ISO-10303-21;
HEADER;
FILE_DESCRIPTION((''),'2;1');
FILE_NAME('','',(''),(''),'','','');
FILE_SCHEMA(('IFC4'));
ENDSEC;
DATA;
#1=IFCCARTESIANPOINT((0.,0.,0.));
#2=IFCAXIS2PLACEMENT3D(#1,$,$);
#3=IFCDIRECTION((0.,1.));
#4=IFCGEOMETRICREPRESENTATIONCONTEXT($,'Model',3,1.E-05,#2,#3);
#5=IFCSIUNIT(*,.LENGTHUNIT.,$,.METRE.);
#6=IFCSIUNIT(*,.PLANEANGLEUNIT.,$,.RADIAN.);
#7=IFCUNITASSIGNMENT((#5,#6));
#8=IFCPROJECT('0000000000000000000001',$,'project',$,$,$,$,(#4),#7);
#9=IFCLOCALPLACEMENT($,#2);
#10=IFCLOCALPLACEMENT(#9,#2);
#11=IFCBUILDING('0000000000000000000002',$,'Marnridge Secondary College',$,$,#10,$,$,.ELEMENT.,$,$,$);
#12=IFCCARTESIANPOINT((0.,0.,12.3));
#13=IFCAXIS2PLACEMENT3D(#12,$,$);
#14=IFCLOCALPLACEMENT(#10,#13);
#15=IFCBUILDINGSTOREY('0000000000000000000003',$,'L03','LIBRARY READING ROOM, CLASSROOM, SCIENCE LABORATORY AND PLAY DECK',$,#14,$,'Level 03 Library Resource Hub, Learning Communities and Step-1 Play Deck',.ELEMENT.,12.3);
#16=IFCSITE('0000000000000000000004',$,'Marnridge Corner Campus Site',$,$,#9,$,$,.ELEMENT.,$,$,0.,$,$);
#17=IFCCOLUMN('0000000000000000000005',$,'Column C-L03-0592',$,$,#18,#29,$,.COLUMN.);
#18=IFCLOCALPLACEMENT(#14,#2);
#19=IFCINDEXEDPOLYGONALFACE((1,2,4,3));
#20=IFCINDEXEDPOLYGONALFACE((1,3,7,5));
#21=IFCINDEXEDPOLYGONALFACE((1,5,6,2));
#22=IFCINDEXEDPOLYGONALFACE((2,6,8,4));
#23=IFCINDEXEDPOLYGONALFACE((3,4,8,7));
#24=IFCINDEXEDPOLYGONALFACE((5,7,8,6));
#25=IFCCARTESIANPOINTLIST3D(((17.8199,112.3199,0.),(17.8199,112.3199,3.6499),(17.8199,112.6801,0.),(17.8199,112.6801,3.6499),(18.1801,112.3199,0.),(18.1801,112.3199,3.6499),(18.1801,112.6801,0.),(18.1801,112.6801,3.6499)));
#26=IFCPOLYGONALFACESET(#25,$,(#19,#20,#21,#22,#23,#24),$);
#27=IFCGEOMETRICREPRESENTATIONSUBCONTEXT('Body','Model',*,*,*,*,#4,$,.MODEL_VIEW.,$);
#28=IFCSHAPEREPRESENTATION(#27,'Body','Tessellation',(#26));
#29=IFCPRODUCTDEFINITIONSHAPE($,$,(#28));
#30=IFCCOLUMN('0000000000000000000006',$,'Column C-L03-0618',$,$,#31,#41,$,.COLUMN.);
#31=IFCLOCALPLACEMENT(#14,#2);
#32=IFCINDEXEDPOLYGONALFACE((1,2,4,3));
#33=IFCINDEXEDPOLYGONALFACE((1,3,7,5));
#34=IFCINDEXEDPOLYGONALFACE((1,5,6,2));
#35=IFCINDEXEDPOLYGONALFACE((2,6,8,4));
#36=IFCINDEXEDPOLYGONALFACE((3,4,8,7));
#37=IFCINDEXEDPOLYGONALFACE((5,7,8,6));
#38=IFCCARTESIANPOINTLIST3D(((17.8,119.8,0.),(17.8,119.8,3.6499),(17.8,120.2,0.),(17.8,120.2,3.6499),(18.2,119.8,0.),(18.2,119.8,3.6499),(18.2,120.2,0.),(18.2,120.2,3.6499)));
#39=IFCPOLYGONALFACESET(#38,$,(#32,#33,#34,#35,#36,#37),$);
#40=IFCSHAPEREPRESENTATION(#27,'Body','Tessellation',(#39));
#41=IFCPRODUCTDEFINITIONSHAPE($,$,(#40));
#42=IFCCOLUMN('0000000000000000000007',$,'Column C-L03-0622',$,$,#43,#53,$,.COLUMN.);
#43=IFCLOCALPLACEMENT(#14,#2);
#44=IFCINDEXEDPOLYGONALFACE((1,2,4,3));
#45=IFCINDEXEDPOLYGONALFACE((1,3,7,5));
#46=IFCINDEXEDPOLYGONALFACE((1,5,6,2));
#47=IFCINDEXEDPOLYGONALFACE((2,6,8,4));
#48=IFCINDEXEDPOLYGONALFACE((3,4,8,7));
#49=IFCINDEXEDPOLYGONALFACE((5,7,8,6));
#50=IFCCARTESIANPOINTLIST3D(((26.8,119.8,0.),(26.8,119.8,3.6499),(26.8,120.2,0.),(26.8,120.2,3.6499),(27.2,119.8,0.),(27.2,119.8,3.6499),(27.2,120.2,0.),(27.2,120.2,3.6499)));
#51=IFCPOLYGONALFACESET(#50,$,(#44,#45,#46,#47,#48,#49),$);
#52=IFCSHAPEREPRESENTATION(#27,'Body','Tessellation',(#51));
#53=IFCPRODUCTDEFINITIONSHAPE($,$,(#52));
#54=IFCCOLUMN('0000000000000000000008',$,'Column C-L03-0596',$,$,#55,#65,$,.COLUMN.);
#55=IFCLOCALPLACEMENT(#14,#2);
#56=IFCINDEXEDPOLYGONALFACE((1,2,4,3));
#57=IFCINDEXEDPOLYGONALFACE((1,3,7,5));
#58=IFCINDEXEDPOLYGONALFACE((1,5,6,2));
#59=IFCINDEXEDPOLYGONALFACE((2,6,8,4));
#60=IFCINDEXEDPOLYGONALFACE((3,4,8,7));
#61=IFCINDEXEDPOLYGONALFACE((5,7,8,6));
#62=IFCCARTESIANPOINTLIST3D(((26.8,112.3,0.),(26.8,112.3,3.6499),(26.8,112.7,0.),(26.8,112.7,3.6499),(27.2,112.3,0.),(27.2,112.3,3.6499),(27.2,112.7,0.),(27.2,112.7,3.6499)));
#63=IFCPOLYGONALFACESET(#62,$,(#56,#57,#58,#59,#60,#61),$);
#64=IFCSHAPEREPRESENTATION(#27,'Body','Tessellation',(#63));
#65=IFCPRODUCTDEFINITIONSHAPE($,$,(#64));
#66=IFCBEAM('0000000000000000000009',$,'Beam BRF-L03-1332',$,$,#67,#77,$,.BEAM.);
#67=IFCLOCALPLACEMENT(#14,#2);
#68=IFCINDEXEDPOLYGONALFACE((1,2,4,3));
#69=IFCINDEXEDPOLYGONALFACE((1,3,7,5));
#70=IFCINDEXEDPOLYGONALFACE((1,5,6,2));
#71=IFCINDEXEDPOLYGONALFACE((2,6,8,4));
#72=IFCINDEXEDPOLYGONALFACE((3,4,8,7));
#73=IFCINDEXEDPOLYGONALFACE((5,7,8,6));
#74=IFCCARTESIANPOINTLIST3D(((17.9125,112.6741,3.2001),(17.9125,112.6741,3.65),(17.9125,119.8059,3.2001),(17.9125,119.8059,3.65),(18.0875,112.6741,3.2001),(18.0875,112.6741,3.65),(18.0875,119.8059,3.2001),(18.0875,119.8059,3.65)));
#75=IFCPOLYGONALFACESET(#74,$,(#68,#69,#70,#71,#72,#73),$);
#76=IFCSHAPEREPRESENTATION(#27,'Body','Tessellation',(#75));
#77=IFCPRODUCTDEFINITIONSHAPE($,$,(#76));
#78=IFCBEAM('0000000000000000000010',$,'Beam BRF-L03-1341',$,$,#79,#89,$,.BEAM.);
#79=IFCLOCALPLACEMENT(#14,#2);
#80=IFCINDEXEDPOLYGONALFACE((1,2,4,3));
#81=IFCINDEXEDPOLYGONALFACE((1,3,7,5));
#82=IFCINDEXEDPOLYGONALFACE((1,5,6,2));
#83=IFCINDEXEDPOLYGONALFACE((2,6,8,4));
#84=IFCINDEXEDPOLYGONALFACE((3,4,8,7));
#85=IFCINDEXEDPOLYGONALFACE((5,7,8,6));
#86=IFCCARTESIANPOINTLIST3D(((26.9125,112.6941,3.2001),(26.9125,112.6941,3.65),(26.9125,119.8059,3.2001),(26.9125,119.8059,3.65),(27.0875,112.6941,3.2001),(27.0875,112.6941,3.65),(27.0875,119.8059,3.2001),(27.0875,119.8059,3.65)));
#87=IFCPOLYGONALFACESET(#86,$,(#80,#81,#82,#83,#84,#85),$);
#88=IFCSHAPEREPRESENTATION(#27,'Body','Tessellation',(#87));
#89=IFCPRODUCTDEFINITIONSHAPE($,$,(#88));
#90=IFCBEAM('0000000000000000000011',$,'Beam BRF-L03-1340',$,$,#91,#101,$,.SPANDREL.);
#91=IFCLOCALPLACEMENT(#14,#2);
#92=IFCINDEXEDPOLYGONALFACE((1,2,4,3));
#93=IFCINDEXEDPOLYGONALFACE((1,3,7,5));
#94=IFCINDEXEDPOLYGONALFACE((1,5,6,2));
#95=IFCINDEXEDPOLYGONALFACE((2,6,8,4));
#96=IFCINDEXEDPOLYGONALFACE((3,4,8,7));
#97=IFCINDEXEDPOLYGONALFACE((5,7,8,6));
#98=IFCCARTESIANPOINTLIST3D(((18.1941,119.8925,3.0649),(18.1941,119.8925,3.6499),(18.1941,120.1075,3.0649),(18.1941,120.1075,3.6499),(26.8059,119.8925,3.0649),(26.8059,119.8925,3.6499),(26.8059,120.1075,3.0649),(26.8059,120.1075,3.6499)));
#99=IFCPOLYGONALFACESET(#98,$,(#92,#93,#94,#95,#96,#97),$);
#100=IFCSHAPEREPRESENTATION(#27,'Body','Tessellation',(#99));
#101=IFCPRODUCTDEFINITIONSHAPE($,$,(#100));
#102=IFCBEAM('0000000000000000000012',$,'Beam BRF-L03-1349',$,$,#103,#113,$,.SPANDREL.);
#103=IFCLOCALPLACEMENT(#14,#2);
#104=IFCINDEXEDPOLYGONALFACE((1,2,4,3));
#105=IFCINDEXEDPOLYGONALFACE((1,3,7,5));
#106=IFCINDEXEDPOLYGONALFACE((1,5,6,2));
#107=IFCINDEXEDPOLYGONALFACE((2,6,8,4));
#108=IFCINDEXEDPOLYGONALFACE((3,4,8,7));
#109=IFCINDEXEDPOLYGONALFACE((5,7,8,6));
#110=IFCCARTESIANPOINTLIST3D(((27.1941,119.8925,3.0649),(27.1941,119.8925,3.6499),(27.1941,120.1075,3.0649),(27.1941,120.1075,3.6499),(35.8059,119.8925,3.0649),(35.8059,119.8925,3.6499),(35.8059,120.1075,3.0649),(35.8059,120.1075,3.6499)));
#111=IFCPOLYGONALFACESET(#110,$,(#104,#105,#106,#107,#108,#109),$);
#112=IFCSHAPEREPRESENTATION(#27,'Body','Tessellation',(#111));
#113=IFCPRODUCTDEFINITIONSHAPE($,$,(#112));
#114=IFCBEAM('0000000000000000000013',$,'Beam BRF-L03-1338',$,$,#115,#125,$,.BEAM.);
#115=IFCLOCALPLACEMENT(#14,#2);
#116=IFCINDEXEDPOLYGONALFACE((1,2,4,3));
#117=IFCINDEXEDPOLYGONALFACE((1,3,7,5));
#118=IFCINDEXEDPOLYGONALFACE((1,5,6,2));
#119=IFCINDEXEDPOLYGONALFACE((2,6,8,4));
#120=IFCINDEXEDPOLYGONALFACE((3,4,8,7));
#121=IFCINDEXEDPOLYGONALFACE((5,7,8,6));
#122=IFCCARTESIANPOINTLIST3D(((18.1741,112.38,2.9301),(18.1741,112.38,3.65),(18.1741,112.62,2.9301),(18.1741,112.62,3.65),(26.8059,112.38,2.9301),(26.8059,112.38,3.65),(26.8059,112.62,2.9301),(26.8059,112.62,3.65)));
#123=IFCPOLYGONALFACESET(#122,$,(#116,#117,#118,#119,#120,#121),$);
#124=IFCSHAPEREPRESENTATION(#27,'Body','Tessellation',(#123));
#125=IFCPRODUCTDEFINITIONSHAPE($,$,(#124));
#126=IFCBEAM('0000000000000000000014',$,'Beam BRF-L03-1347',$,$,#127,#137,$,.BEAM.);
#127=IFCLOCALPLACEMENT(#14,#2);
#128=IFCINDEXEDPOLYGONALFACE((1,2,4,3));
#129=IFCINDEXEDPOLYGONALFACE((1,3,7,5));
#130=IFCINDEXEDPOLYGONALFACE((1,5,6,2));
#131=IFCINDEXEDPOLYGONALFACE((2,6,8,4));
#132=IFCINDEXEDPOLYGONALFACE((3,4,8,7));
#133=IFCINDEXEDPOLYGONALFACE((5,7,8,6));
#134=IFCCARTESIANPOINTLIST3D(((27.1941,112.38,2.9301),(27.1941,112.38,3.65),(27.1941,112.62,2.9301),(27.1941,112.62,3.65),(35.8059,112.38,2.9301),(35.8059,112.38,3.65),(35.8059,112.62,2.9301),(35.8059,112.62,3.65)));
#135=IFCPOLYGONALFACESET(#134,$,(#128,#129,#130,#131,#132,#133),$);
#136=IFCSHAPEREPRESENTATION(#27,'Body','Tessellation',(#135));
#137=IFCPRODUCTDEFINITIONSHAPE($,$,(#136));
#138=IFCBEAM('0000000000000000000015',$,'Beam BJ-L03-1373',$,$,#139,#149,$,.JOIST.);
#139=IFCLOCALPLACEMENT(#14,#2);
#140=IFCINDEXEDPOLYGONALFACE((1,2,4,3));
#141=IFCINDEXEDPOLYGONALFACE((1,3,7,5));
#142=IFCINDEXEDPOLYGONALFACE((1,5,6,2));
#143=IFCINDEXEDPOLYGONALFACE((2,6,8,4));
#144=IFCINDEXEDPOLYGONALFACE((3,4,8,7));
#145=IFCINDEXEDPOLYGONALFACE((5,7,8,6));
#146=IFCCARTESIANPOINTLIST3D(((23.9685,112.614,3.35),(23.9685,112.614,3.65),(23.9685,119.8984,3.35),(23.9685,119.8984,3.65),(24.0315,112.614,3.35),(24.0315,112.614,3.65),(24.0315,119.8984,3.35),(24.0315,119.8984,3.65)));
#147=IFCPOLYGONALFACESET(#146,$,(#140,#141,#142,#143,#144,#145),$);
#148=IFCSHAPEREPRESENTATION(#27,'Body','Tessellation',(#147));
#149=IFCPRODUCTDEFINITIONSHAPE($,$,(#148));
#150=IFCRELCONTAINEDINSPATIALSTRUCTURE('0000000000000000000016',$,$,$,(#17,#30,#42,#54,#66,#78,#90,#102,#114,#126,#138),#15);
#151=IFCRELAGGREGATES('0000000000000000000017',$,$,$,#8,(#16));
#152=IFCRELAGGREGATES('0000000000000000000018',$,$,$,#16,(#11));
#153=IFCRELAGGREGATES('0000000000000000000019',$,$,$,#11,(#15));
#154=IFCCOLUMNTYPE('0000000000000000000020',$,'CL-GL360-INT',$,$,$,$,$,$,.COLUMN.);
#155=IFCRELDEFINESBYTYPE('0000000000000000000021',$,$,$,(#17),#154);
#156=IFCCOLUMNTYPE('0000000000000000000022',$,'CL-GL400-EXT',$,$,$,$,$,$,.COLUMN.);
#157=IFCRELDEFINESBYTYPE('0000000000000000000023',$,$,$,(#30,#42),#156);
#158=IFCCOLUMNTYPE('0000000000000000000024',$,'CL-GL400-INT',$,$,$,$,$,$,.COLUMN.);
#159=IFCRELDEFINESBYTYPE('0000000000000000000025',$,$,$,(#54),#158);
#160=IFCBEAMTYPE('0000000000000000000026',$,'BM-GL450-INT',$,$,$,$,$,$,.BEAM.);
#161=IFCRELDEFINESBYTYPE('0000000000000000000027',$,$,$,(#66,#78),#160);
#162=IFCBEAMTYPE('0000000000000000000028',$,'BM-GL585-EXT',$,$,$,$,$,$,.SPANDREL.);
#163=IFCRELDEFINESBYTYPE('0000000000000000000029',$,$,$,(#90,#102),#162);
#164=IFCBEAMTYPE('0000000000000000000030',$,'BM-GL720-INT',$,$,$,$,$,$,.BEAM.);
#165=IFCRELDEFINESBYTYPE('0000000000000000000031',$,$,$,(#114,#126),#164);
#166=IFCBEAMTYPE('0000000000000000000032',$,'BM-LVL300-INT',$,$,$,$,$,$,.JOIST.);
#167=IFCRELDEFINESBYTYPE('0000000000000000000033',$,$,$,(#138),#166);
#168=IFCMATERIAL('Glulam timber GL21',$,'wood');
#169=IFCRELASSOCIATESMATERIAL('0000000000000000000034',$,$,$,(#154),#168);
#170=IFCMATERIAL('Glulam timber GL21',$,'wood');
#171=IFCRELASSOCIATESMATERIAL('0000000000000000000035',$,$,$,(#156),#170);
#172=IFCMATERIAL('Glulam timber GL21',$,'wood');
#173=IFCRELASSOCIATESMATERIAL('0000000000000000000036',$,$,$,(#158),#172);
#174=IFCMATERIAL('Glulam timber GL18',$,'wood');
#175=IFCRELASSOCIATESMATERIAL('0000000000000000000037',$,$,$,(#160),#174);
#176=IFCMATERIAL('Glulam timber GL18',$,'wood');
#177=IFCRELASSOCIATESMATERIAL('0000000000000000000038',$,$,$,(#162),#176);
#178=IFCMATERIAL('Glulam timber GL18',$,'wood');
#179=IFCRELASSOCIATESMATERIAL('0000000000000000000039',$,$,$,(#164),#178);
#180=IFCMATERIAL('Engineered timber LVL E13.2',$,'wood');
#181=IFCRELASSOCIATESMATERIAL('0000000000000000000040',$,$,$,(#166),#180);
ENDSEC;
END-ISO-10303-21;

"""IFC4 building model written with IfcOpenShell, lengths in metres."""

from ifc_helpers import new_model, si_unit, direction, frame, origin, origin_2d, place, context, subcontext, project, spatial, rectangle, extrude, material, material_profile, profile_set, type_object, element, save


model = new_model("IFC4")

# Units and contexts
model_context = context("Model", 3, precision=1e-05, world=origin(), true_north=direction((0.0, 1.0)))
body_context = subcontext(model_context, "Body", "Model", "MODEL_VIEW")
ifc_project = project(units=[si_unit("LENGTHUNIT", "METRE"), si_unit("PLANEANGLEUNIT", "RADIAN")], contexts=[model_context])

# Site, building, storey
site_placement = place(None, origin())
site = spatial("IfcSite", under=ifc_project, at=site_placement, Name="Marnridge Corner Campus Site", CompositionType="ELEMENT", RefElevation=0.0)
building_placement = place(site_placement, origin())
building = spatial("IfcBuilding", under=site, at=building_placement, Name="Marnridge Secondary College", CompositionType="ELEMENT")
storey_placement = place(building_placement, frame((0.0, 0.0, 12.3)))
storey = spatial("IfcBuildingStorey", under=building, at=storey_placement, Name="L03", Description="LIBRARY READING ROOM, CLASSROOM, SCIENCE LABORATORY AND PLAY DECK", LongName="Level 03 Library Resource Hub, Learning Communities and Step-1 Play Deck", CompositionType="ELEMENT", Elevation=12.3)

# Columns
ifc_material_1 = material(Name="Glulam timber GL21", Category="wood")
ifc_material_profile_1 = material_profile(ifc_material_1, rectangle(XDim=0.3601, YDim=0.3601, at=origin_2d()), Name="GL21 360x360")
ifc_profile_set_1 = profile_set([ifc_material_profile_1], Name="Glulam timber GL21")
column_type_1 = type_object("IfcColumnType", Name="CL-GL360-INT", PredefinedType="COLUMN", material=ifc_profile_set_1)
column_1_placement = place(storey_placement, frame((18.0, 112.5, 0.0), z_axis=(0.0, 0.0, 1.0), x_axis=(1.0, 0.0, 0.0)))
element("IfcColumn", 1, at=column_1_placement, inside=storey, type_object=column_type_1, Name="Column C-L03-0592", PredefinedType="COLUMN", context=body_context, shape_type="SweptSolid", body=[
    extrude(rectangle(XDim=0.3601, YDim=0.3601, at=origin_2d()), origin(), (0.0, 0.0, 1.0), 3.6499),
])
ifc_material_2 = material(Name="Glulam timber GL21", Category="wood")
ifc_material_profile_2 = material_profile(ifc_material_2, rectangle(XDim=0.3999, YDim=0.3999, at=origin_2d()), Name="GL21 400x400")
ifc_profile_set_2 = profile_set([ifc_material_profile_2], Name="Glulam timber GL21")
column_type_2 = type_object("IfcColumnType", Name="CL-GL400-EXT", PredefinedType="COLUMN", material=ifc_profile_set_2)
for number, where, z_axis, x_axis, name in (
    (2, (18.0, 120.0, 0.0), (0.0, 0.0, 1.0), (1.0, 0.0, 0.0), "Column C-L03-0618"),
    (3, (27.0, 120.0, 0.0), (0.0, 0.0, 1.0), (1.0, 0.0, 0.0), "Column C-L03-0622"),
):
    element("IfcColumn", number, at=place(storey_placement, frame(where, z_axis=z_axis, x_axis=x_axis)), inside=storey, type_object=column_type_2, Name=name, PredefinedType="COLUMN", context=body_context, shape_type="SweptSolid", body=[
        extrude(rectangle(XDim=0.3999, YDim=0.3999, at=origin_2d()), origin(), (0.0, 0.0, 1.0), 3.6499),
    ])
ifc_material_3 = material(Name="Glulam timber GL21", Category="wood")
ifc_material_profile_3 = material_profile(ifc_material_3, rectangle(XDim=0.3999, YDim=0.3999, at=origin_2d()), Name="GL21 400x400")
ifc_profile_set_3 = profile_set([ifc_material_profile_3], Name="Glulam timber GL21")
column_type_3 = type_object("IfcColumnType", Name="CL-GL400-INT", PredefinedType="COLUMN", material=ifc_profile_set_3)
column_2_placement = place(storey_placement, frame((27.0, 112.5, 0.0), z_axis=(0.0, 0.0, 1.0), x_axis=(1.0, 0.0, 0.0)))
element("IfcColumn", 4, at=column_2_placement, inside=storey, type_object=column_type_3, Name="Column C-L03-0596", PredefinedType="COLUMN", context=body_context, shape_type="SweptSolid", body=[
    extrude(rectangle(XDim=0.3999, YDim=0.3999, at=origin_2d()), origin(), (0.0, 0.0, 1.0), 3.6499),
])

# Beams
ifc_material_4 = material(Name="Glulam timber GL18", Category="wood")
ifc_material_profile_4 = material_profile(ifc_material_4, rectangle(XDim=0.175, YDim=0.45, at=origin_2d()), Name="GL18 175x450")
ifc_profile_set_4 = profile_set([ifc_material_profile_4], Name="Glulam timber GL18")
beam_type_1 = type_object("IfcBeamType", Name="BM-GL450-INT", PredefinedType="BEAM", material=ifc_profile_set_4)
beam_1_placement = place(storey_placement, frame((18.0, 112.6741, 3.425), z_axis=(0.0, 1.0, 0.0), x_axis=(-1.0, 0.0, 0.0)))
element("IfcBeam", 5, at=beam_1_placement, inside=storey, type_object=beam_type_1, Name="Beam BRF-L03-1332", PredefinedType="BEAM", context=body_context, shape_type="SweptSolid", body=[
    extrude(rectangle(XDim=0.175, YDim=0.45, at=origin_2d()), origin(), (0.0, 0.0, 1.0), 7.1318),
])
beam_2_placement = place(storey_placement, frame((27.0, 112.6941, 3.425), z_axis=(0.0, 1.0, 0.0), x_axis=(-1.0, 0.0, 0.0)))
element("IfcBeam", 6, at=beam_2_placement, inside=storey, type_object=beam_type_1, Name="Beam BRF-L03-1341", PredefinedType="BEAM", context=body_context, shape_type="SweptSolid", body=[
    extrude(rectangle(XDim=0.175, YDim=0.45, at=origin_2d()), origin(), (0.0, 0.0, 1.0), 7.1118),
])
ifc_material_5 = material(Name="Glulam timber GL18", Category="wood")
ifc_material_profile_5 = material_profile(ifc_material_5, rectangle(XDim=0.2151, YDim=0.585, at=origin_2d()), Name="GL18 215x585")
ifc_profile_set_5 = profile_set([ifc_material_profile_5], Name="Glulam timber GL18")
beam_type_2 = type_object("IfcBeamType", Name="BM-GL585-EXT", PredefinedType="SPANDREL", material=ifc_profile_set_5)
for number, where, z_axis, x_axis, name in (
    (7, (18.1941, 120.0, 3.3574), (1.0, 0.0, 0.0), (0.0, 1.0, 0.0), "Beam BRF-L03-1340"),
    (8, (27.1941, 120.0, 3.3574), (1.0, 0.0, 0.0), (0.0, 1.0, 0.0), "Beam BRF-L03-1349"),
):
    element("IfcBeam", number, at=place(storey_placement, frame(where, z_axis=z_axis, x_axis=x_axis)), inside=storey, type_object=beam_type_2, Name=name, PredefinedType="SPANDREL", context=body_context, shape_type="SweptSolid", body=[
        extrude(rectangle(XDim=0.2151, YDim=0.585, at=origin_2d()), origin(), (0.0, 0.0, 1.0), 8.6118),
    ])
ifc_material_6 = material(Name="Glulam timber GL18", Category="wood")
ifc_material_profile_6 = material_profile(ifc_material_6, rectangle(XDim=0.24, YDim=0.72, at=origin_2d()), Name="GL18 240x720")
ifc_profile_set_6 = profile_set([ifc_material_profile_6], Name="Glulam timber GL18")
beam_type_3 = type_object("IfcBeamType", Name="BM-GL720-INT", PredefinedType="BEAM", material=ifc_profile_set_6)
beam_3_placement = place(storey_placement, frame((18.1741, 112.5, 3.29), z_axis=(1.0, 0.0, 0.0), x_axis=(0.0, 1.0, 0.0)))
element("IfcBeam", 9, at=beam_3_placement, inside=storey, type_object=beam_type_3, Name="Beam BRF-L03-1338", PredefinedType="BEAM", context=body_context, shape_type="SweptSolid", body=[
    extrude(rectangle(XDim=0.24, YDim=0.72, at=origin_2d()), origin(), (0.0, 0.0, 1.0), 8.6318),
])
beam_4_placement = place(storey_placement, frame((27.1941, 112.5, 3.29), z_axis=(1.0, 0.0, 0.0), x_axis=(0.0, 1.0, 0.0)))
element("IfcBeam", 10, at=beam_4_placement, inside=storey, type_object=beam_type_3, Name="Beam BRF-L03-1347", PredefinedType="BEAM", context=body_context, shape_type="SweptSolid", body=[
    extrude(rectangle(XDim=0.24, YDim=0.72, at=origin_2d()), origin(), (0.0, 0.0, 1.0), 8.6118),
])
ifc_material_7 = material(Name="Engineered timber LVL E13.2", Category="wood")
ifc_material_profile_7 = material_profile(ifc_material_7, rectangle(XDim=0.063, YDim=0.3, at=origin_2d()), Name="LVL 63x300")
ifc_profile_set_7 = profile_set([ifc_material_profile_7], Name="Engineered timber LVL E13.2")
beam_type_4 = type_object("IfcBeamType", Name="BM-LVL300-INT", PredefinedType="JOIST", material=ifc_profile_set_7)
beam_5_placement = place(storey_placement, frame((24.0, 112.614, 3.5), z_axis=(0.0, 1.0, 0.0), x_axis=(-1.0, 0.0, 0.0)))
element("IfcBeam", 11, at=beam_5_placement, inside=storey, type_object=beam_type_4, Name="Beam BJ-L03-1373", PredefinedType="JOIST", context=body_context, shape_type="SweptSolid", body=[
    extrude(rectangle(XDim=0.063, YDim=0.3, at=origin_2d()), origin(), (0.0, 0.0, 1.0), 7.2844),
])

save(model, "model.ifc")
